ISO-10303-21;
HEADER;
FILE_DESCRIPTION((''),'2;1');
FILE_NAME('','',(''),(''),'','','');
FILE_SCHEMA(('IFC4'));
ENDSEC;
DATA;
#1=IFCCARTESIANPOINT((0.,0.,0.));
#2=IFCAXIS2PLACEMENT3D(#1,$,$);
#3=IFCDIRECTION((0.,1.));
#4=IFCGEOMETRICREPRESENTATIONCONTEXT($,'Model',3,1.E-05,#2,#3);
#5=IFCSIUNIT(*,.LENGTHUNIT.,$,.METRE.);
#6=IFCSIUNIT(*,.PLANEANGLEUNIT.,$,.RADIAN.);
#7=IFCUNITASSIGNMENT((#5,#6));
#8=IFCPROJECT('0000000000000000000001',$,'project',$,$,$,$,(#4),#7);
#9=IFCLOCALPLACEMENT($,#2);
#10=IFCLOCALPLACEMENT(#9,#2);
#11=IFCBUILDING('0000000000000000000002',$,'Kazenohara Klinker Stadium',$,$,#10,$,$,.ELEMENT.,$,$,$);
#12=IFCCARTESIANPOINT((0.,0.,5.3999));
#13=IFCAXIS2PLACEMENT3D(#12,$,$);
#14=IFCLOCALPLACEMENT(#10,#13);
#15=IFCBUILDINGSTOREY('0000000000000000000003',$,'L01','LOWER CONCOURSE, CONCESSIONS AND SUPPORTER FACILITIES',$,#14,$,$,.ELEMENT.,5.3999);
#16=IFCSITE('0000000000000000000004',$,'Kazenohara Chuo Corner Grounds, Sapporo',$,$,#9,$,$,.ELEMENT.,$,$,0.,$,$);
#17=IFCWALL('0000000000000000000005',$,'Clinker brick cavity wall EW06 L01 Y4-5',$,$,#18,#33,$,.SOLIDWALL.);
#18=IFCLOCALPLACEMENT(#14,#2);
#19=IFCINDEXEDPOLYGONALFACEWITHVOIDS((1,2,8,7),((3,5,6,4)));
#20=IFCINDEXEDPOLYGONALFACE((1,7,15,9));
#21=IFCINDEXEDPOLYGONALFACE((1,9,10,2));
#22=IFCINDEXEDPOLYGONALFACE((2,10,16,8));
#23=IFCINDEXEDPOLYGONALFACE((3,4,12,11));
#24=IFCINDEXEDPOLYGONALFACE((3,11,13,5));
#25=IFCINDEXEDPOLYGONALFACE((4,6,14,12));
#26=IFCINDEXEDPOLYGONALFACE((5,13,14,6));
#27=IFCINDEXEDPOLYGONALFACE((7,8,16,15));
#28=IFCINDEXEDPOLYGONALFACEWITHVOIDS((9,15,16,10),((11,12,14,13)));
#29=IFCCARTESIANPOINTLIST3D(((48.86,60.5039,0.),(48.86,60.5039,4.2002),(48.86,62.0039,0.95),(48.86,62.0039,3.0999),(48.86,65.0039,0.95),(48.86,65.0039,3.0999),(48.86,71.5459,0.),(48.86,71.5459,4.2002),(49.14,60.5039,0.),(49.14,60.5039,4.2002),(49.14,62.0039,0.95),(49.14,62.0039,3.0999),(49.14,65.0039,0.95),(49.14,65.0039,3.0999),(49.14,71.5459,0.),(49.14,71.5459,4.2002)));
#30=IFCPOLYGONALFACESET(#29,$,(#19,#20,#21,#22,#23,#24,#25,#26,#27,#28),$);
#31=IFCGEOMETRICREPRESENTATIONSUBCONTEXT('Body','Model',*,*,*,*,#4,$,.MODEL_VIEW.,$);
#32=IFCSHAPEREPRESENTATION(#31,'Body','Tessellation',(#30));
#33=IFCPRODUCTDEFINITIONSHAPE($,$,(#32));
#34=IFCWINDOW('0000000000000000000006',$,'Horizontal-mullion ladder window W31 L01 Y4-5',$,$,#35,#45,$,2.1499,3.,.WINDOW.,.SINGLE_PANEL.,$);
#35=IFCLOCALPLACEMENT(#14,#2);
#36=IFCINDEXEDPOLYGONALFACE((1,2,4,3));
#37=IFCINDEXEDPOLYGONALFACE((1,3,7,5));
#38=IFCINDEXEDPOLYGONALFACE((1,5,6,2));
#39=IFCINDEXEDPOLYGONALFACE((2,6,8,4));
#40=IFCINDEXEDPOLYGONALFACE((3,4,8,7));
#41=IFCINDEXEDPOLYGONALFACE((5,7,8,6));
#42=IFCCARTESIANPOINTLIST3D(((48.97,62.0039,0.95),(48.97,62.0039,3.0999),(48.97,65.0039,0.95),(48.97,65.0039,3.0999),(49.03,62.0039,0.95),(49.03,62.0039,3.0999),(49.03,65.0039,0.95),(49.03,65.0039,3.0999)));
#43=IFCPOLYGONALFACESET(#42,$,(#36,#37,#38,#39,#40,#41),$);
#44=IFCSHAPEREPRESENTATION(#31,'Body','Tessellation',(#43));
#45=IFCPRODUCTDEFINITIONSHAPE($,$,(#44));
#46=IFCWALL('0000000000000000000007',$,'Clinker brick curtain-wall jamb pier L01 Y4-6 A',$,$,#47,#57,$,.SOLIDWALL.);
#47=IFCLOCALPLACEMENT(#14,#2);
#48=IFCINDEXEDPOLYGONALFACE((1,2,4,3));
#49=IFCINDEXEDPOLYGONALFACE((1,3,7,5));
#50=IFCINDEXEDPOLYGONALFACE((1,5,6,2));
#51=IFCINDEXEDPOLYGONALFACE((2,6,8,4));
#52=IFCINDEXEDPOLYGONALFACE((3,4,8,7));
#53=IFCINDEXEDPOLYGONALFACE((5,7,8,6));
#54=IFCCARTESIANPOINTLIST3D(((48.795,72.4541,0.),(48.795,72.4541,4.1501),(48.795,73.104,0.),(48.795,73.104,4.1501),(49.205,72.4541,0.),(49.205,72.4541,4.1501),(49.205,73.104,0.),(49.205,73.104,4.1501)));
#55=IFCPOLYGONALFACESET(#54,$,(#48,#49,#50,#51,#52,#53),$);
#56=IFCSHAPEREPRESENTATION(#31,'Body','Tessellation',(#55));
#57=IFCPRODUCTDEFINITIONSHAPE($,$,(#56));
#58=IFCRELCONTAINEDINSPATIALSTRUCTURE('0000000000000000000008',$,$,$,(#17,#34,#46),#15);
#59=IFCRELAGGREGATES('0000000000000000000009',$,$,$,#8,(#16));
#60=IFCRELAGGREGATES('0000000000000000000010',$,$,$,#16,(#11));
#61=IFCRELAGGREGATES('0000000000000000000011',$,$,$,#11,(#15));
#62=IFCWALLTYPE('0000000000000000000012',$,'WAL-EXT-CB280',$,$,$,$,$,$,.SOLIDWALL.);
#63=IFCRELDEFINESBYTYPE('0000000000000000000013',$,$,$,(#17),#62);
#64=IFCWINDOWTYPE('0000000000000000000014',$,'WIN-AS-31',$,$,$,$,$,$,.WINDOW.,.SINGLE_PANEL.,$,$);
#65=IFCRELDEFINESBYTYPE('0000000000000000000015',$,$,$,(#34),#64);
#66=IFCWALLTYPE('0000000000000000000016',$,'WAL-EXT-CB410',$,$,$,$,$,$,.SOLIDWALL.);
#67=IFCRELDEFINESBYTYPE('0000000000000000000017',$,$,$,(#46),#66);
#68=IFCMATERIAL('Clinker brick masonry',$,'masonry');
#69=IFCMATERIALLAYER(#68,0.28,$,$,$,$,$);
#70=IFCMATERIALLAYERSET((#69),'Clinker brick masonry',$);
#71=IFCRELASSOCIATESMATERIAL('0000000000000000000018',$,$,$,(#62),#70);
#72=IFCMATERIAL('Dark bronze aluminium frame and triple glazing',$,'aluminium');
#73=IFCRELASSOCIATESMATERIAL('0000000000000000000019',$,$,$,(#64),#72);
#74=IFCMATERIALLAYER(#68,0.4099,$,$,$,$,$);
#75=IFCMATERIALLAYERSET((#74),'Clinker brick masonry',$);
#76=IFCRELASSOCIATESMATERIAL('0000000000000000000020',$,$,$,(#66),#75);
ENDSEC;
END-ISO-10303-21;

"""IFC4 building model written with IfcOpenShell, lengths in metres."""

from ifc_helpers import new_model, si_unit, direction, frame, frame_2d, origin, place, context, subcontext, project, spatial, rectangle, extrude, material, layer, layer_set, type_object, element, fill, save


model = new_model("IFC4")

# Units and contexts
model_context = context("Model", 3, precision=1e-05, world=origin(), true_north=direction((0.0, 1.0)))
body_context = subcontext(model_context, "Body", "Model", "MODEL_VIEW")
ifc_project = project(units=[si_unit("LENGTHUNIT", "METRE"), si_unit("PLANEANGLEUNIT", "RADIAN")], contexts=[model_context])

# Site, building, storey
site_placement = place(None, origin())
site = spatial("IfcSite", under=ifc_project, at=site_placement, Name="Kazenohara Chuo Corner Grounds, Sapporo", CompositionType="ELEMENT", RefElevation=0.0)
building_placement = place(site_placement, origin())
building = spatial("IfcBuilding", under=site, at=building_placement, Name="Kazenohara Klinker Stadium", CompositionType="ELEMENT")
storey_placement = place(building_placement, frame((0.0, 0.0, 5.3999)))
storey = spatial("IfcBuildingStorey", under=building, at=storey_placement, Name="L01", Description="LOWER CONCOURSE, CONCESSIONS AND SUPPORTER FACILITIES", CompositionType="ELEMENT", Elevation=5.3999)

# Wall, opening, window
ifc_material_1 = material(Name="Clinker brick masonry", Category="masonry")
ifc_layer_1 = layer(ifc_material_1, 0.28)
ifc_layer_set_1 = layer_set([ifc_layer_1], Name="Clinker brick masonry")
wall_type_1 = type_object("IfcWallType", Name="WAL-EXT-CB280", PredefinedType="SOLIDWALL", material=ifc_layer_set_1)
wall_1_placement = place(storey_placement, frame((49.0, 60.5039, 0.0), z_axis=(0.0, 0.0, 1.0), x_axis=(0.0, 1.0, 0.0)))
wall_1 = element("IfcWall", 1, at=wall_1_placement, inside=storey, type_object=wall_type_1, Name="Clinker brick cavity wall EW06 L01 Y4-5", PredefinedType="SOLIDWALL", context=body_context, shape_type="SweptSolid", body=[
    extrude(rectangle(XDim=11.042, YDim=0.28, at=frame_2d((5.521, 0.0))), origin(), (0.0, 0.0, 1.0), 4.2002),
])
opening_placement = place(wall_1_placement, frame((1.5, 0.0, 0.95)))
opening = element("IfcOpeningElement", 2, at=opening_placement, cuts=wall_1, PredefinedType="OPENING", context=body_context, shape_type="SweptSolid", body=[
    extrude(rectangle(XDim=3.0, YDim=2.1499, at=frame_2d((1.5, 1.075))), frame((0.0, 0.1499, 0.0), z_axis=(0.0, -1.0, 0.0), x_axis=(1.0, 0.0, 0.0)), (0.0, 0.0, 1.0), 0.3),
])
ifc_material_2 = material(Name="Dark bronze aluminium frame and triple glazing", Category="aluminium")
window_type = type_object("IfcWindowType", Name="WIN-AS-31", PartitioningType="SINGLE_PANEL", PredefinedType="WINDOW", material=ifc_material_2)
window_placement = place(opening_placement, origin())
window = element("IfcWindow", 3, at=window_placement, inside=storey, type_object=window_type, Name="Horizontal-mullion ladder window W31 L01 Y4-5", OverallHeight=2.1499, OverallWidth=3.0, PartitioningType="SINGLE_PANEL", PredefinedType="WINDOW", context=body_context, shape_type="SweptSolid", body=[
    extrude(rectangle(XDim=3.0, YDim=2.1499, at=frame_2d((1.5, 1.075))), frame((0.0, 0.03, 0.0), z_axis=(0.0, -1.0, 0.0), x_axis=(1.0, 0.0, 0.0)), (0.0, 0.0, 1.0), 0.0601),
])
fill(opening, window)

# Wall
ifc_layer_2 = layer(ifc_material_1, 0.4099)
ifc_layer_set_2 = layer_set([ifc_layer_2], Name="Clinker brick masonry")
wall_type_2 = type_object("IfcWallType", Name="WAL-EXT-CB410", PredefinedType="SOLIDWALL", material=ifc_layer_set_2)
wall_2_placement = place(storey_placement, frame((49.0, 72.4541, 0.0), z_axis=(0.0, 0.0, 1.0), x_axis=(0.0, 1.0, 0.0)))
element("IfcWall", 4, at=wall_2_placement, inside=storey, type_object=wall_type_2, Name="Clinker brick curtain-wall jamb pier L01 Y4-6 A", PredefinedType="SOLIDWALL", context=body_context, shape_type="SweptSolid", body=[
    extrude(rectangle(XDim=0.6499, YDim=0.4099, at=frame_2d((0.325, 0.0))), origin(), (0.0, 0.0, 1.0), 4.1501),
])

save(model, "model.ifc")
